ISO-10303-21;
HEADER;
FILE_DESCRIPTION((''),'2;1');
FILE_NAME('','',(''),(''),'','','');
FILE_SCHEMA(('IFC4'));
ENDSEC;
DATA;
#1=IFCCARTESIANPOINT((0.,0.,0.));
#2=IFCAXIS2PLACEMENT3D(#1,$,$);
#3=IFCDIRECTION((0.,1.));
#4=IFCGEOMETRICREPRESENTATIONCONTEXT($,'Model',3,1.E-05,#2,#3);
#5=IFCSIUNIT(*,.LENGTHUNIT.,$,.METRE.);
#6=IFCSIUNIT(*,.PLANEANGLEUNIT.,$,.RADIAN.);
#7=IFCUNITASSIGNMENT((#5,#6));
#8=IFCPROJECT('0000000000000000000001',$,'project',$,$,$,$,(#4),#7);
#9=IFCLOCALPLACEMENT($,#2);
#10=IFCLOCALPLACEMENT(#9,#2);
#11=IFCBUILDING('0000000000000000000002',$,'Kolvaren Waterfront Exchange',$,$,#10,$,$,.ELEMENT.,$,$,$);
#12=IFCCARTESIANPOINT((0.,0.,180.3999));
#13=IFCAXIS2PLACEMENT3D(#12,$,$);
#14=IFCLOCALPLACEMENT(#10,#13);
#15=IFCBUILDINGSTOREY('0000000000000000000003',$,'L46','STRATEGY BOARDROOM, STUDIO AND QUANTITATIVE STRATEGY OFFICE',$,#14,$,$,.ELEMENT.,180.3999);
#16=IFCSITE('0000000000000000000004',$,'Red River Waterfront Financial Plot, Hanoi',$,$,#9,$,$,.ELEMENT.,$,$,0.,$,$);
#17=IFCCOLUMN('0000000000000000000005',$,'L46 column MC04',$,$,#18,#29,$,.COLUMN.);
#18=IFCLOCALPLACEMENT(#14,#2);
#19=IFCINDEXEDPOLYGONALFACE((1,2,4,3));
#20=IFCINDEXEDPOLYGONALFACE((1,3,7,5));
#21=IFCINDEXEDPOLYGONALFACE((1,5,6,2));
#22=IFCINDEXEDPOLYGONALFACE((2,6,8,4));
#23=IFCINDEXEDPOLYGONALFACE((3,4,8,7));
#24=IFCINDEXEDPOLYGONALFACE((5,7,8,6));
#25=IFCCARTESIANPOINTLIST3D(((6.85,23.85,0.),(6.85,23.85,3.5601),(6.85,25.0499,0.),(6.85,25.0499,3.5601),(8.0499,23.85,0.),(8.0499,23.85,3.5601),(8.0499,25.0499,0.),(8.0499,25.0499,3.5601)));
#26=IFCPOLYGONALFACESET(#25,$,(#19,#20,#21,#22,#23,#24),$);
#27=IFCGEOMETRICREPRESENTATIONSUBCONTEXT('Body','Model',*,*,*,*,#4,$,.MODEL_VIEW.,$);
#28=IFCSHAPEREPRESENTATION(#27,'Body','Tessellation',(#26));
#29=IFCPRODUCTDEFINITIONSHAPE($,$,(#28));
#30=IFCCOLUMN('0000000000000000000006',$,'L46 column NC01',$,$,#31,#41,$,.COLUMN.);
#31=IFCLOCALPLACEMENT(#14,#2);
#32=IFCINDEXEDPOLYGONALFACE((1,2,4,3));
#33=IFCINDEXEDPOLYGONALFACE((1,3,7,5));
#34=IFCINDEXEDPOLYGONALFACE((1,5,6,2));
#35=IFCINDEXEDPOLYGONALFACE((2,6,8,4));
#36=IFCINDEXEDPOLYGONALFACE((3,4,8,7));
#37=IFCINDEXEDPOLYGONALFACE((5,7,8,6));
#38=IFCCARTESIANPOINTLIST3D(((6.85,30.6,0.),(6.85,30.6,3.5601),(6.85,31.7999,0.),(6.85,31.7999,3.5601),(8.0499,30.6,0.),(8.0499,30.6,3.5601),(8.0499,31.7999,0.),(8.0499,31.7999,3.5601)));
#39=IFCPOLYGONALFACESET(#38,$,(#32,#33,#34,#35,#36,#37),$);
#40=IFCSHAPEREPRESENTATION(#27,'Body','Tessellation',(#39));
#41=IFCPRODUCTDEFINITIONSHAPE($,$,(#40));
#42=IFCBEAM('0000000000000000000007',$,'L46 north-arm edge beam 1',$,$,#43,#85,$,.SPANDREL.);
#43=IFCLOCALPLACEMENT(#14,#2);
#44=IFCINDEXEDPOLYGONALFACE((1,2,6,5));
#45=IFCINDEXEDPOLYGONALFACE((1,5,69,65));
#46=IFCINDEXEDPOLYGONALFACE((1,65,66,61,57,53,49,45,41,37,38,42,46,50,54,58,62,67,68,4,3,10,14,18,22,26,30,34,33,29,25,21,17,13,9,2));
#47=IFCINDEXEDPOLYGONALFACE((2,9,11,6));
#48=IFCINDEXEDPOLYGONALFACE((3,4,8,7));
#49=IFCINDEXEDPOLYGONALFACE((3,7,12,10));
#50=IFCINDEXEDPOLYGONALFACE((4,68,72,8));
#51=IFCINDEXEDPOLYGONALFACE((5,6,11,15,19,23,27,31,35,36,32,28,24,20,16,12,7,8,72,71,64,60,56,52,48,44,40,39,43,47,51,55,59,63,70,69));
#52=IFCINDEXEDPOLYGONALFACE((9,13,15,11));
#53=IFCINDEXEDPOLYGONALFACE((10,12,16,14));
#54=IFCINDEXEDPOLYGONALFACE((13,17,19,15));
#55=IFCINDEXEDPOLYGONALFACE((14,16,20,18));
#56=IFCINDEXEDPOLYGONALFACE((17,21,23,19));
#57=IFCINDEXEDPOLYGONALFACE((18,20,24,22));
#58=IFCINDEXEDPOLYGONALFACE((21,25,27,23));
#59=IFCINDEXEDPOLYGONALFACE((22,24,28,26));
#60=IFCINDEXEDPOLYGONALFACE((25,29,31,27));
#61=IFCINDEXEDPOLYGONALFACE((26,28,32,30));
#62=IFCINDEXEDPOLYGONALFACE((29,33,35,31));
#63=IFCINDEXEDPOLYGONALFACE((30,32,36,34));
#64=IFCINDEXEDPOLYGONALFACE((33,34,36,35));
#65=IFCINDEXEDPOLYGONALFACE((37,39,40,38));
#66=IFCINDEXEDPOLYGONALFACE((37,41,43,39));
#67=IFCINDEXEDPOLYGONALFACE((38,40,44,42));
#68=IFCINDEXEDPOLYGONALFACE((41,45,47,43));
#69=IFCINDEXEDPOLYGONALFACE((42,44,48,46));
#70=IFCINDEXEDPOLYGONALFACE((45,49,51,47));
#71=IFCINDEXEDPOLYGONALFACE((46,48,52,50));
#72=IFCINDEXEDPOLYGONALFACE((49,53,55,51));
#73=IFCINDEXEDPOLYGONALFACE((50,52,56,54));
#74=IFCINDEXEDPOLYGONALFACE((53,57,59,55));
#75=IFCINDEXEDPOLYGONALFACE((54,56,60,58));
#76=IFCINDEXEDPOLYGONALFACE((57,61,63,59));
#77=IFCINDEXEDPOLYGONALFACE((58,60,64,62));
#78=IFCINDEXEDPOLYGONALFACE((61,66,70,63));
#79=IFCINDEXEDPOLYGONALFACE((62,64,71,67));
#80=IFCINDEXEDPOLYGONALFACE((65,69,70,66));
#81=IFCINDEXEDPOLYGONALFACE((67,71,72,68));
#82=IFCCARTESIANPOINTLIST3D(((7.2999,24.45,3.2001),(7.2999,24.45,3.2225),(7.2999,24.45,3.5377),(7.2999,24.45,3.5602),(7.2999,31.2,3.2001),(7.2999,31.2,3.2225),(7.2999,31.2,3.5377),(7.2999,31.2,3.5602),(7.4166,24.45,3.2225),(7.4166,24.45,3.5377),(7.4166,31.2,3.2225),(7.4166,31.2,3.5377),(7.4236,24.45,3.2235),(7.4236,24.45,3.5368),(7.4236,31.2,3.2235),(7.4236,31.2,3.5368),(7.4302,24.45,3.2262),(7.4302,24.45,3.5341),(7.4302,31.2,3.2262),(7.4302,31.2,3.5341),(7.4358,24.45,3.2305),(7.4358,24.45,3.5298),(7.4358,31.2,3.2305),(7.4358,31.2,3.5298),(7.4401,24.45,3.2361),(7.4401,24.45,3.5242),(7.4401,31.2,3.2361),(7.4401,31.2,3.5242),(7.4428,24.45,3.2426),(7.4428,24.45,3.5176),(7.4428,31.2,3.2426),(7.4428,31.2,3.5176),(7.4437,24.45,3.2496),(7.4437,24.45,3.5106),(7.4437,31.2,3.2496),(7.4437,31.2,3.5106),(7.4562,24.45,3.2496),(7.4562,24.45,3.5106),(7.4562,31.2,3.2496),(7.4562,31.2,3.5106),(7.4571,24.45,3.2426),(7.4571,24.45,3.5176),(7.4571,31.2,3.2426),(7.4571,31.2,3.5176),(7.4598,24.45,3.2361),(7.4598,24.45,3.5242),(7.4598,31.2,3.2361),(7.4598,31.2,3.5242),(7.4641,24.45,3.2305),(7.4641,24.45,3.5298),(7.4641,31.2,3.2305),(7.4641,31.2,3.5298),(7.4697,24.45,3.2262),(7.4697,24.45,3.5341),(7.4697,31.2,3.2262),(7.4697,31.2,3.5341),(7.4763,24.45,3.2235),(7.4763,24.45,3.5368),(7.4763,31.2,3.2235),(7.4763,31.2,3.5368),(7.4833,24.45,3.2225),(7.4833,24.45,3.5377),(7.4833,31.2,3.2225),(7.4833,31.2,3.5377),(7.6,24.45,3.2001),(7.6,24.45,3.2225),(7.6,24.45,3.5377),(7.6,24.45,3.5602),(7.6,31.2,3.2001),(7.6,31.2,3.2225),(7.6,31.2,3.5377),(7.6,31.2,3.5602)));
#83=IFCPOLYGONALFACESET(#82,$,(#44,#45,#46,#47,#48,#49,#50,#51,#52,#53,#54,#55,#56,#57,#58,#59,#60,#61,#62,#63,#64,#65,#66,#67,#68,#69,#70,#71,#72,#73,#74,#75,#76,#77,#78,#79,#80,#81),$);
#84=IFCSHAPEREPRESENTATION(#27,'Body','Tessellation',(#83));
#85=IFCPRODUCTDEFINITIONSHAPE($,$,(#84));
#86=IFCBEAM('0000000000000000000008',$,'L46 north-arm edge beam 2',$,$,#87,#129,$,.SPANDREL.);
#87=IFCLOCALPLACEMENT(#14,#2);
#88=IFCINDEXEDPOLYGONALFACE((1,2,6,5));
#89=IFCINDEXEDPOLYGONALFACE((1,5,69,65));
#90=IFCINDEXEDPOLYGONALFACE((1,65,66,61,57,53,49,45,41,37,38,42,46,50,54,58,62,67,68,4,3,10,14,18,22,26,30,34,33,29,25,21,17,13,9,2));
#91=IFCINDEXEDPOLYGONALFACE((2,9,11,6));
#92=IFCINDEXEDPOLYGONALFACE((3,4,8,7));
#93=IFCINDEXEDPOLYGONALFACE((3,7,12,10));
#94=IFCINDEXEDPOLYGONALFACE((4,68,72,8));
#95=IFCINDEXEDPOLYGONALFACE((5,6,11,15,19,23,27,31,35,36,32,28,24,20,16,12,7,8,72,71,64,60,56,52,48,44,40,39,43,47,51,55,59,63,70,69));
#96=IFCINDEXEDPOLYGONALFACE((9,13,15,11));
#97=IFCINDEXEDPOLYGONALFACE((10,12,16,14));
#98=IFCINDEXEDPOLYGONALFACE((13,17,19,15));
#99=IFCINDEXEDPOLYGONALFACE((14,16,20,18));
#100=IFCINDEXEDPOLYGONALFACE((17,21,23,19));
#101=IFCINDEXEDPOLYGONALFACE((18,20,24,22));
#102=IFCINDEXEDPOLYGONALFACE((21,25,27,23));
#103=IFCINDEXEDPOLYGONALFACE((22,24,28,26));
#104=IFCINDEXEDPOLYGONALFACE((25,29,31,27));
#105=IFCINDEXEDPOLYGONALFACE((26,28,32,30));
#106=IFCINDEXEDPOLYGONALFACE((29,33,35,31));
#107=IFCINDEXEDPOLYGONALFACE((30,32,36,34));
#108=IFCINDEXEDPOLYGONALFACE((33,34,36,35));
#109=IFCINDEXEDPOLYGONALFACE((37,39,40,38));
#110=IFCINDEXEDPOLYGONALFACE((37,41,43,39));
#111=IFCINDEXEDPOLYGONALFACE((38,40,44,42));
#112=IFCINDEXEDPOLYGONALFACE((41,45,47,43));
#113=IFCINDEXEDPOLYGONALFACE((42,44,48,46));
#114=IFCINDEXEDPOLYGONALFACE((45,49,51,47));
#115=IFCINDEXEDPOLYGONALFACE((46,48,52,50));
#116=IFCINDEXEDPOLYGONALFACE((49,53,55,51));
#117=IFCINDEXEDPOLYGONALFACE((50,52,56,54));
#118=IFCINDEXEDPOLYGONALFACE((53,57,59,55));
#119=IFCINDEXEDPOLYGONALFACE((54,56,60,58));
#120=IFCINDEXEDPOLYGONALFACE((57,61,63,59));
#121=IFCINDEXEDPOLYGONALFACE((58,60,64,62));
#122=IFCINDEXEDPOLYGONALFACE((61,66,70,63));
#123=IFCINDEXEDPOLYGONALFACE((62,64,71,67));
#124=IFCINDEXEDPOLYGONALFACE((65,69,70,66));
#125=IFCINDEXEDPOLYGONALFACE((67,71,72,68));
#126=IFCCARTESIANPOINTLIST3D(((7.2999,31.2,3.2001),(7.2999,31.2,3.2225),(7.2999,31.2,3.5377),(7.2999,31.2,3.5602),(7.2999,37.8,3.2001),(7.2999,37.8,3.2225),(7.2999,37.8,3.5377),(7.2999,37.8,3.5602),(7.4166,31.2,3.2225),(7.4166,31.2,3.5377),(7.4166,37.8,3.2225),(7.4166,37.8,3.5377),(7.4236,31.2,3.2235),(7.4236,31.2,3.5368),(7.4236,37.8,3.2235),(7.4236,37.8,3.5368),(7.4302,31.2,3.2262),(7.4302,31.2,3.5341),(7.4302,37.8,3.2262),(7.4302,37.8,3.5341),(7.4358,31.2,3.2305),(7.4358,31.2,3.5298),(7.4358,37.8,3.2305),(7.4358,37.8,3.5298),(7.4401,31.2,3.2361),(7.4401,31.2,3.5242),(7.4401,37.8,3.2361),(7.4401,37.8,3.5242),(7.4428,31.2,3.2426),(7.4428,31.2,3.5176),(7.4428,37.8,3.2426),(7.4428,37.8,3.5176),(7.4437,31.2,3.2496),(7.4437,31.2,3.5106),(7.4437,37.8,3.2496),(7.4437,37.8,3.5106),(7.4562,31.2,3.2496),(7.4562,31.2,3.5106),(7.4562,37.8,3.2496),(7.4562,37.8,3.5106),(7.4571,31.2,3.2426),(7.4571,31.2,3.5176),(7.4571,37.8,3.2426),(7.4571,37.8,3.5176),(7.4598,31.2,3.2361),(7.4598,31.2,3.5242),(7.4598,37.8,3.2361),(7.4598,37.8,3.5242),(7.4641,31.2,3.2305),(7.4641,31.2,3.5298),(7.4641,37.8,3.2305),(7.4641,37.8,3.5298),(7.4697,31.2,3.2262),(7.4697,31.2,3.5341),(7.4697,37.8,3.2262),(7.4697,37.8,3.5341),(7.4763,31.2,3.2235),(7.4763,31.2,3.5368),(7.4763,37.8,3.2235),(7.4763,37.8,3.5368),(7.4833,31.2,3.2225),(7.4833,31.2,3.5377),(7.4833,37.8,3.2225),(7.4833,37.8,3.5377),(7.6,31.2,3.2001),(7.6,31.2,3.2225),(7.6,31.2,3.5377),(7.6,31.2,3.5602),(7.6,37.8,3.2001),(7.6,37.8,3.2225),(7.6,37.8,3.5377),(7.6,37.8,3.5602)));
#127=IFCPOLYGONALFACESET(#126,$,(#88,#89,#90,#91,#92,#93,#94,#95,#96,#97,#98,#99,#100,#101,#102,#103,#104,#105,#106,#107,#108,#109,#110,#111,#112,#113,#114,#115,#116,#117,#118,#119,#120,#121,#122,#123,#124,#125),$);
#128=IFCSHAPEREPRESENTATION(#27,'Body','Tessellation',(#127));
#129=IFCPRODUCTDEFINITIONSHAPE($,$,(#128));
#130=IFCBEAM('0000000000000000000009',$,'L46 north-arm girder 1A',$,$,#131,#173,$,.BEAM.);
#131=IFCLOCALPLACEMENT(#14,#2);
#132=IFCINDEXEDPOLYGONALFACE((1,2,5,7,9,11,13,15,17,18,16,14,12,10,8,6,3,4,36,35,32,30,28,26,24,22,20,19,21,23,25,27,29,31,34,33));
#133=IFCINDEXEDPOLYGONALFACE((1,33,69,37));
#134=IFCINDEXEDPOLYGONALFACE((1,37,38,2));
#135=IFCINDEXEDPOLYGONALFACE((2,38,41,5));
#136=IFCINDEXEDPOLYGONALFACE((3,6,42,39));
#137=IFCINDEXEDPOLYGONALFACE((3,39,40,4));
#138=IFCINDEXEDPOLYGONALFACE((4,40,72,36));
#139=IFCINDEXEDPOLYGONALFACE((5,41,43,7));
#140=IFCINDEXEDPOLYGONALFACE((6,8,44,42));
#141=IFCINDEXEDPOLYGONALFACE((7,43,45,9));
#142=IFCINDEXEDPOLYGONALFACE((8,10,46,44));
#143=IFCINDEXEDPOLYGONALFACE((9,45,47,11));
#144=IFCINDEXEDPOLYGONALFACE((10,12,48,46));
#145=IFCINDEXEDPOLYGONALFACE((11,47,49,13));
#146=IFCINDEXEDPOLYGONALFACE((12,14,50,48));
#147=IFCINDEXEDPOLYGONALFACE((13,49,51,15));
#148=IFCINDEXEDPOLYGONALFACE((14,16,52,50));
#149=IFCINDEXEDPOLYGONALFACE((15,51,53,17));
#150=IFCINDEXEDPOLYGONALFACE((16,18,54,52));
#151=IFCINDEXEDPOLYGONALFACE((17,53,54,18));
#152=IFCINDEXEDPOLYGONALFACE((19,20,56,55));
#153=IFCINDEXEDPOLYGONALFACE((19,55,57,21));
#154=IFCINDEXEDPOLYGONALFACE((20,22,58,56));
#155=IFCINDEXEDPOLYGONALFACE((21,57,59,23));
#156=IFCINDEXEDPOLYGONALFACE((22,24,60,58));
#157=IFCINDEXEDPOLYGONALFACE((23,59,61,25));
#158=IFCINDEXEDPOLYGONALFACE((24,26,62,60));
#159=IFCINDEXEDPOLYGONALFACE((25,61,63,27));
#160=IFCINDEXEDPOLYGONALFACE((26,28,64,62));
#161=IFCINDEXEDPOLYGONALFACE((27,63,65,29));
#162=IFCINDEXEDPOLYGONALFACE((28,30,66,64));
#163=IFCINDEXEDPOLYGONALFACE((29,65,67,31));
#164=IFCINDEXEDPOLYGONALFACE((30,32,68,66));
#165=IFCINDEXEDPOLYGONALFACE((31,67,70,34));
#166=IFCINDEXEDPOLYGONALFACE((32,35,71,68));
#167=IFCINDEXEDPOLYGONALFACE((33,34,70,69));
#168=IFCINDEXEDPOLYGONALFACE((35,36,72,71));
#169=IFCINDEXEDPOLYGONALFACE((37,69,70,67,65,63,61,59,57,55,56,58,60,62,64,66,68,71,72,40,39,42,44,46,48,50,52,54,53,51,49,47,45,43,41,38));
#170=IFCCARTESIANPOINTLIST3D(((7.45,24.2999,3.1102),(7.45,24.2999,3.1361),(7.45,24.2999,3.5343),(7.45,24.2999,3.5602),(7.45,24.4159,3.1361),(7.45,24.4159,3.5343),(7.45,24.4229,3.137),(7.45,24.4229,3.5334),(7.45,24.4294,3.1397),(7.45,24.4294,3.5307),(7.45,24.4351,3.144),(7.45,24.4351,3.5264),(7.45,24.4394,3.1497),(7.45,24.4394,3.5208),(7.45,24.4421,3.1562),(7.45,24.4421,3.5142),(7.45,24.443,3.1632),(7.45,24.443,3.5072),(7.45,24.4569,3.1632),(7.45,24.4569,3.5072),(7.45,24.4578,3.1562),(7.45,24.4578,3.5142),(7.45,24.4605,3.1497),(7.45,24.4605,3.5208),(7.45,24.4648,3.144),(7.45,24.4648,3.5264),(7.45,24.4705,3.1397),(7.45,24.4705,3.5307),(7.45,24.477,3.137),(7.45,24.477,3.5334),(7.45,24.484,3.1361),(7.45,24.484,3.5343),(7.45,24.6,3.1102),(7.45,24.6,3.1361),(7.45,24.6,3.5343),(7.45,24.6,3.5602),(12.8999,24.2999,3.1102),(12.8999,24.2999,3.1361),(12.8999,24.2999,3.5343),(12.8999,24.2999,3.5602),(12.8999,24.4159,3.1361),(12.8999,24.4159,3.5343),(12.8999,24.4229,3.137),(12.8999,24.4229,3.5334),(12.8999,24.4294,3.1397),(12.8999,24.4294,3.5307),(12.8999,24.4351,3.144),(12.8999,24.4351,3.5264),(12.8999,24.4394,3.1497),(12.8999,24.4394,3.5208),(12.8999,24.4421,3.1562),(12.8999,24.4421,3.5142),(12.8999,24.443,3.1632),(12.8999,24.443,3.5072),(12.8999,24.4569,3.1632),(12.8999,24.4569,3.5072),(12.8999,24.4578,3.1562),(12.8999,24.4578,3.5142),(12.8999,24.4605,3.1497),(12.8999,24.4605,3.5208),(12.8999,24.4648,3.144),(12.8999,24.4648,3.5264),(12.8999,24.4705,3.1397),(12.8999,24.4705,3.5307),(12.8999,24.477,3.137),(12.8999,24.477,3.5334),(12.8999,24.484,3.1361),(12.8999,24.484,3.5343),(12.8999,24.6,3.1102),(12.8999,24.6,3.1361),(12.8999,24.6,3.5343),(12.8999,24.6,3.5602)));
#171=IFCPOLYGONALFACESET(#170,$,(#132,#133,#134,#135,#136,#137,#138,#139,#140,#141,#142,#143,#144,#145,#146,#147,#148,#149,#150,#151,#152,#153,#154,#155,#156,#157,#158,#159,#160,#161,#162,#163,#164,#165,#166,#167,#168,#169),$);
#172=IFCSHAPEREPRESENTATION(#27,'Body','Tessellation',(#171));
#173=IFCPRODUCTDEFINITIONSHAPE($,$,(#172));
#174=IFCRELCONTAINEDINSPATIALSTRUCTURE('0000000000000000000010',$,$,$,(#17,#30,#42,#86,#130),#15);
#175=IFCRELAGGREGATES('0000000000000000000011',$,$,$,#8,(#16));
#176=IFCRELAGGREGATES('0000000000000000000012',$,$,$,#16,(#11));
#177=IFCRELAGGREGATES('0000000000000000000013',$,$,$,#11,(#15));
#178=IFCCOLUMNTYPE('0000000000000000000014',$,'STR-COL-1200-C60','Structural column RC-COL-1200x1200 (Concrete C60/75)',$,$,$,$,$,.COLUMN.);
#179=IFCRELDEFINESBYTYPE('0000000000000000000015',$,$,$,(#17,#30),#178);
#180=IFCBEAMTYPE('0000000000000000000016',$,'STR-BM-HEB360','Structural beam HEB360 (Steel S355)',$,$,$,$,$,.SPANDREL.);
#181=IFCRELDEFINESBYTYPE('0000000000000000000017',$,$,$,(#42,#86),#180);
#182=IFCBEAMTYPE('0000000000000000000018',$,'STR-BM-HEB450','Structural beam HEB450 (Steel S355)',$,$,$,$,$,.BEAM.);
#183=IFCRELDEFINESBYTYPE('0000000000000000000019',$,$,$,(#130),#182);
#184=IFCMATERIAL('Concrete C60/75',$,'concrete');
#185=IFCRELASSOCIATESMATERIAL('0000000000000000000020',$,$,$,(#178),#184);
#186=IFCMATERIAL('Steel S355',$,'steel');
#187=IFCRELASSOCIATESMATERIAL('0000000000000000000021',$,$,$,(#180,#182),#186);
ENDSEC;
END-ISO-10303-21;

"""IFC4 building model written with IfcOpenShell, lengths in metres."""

from ifc_helpers import new_model, si_unit, direction, frame, origin, origin_2d, place, context, subcontext, project, spatial, rectangle, i_section, extrude, material, material_profile, profile_set, type_object, element, save


model = new_model("IFC4")

# Units and contexts
model_context = context("Model", 3, precision=1e-05, world=origin(), true_north=direction((0.0, 1.0)))
body_context = subcontext(model_context, "Body", "Model", "MODEL_VIEW")
ifc_project = project(units=[si_unit("LENGTHUNIT", "METRE"), si_unit("PLANEANGLEUNIT", "RADIAN")], contexts=[model_context])

# Site, building, storey
site_placement = place(None, origin())
site = spatial("IfcSite", under=ifc_project, at=site_placement, Name="Red River Waterfront Financial Plot, Hanoi", CompositionType="ELEMENT", RefElevation=0.0)
building_placement = place(site_placement, origin())
building = spatial("IfcBuilding", under=site, at=building_placement, Name="Kolvaren Waterfront Exchange", CompositionType="ELEMENT")
storey_placement = place(building_placement, frame((0.0, 0.0, 180.3999)))
storey = spatial("IfcBuildingStorey", under=building, at=storey_placement, Name="L46", Description="STRATEGY BOARDROOM, STUDIO AND QUANTITATIVE STRATEGY OFFICE", CompositionType="ELEMENT", Elevation=180.3999)

# Columns
ifc_material_1 = material(Name="Concrete C60/75", Category="concrete")
ifc_material_profile_1 = material_profile(ifc_material_1, rectangle(XDim=1.2, YDim=1.2, at=origin_2d()), Name="RC-COL-1200x1200")
ifc_profile_set_1 = profile_set([ifc_material_profile_1], Name="Concrete C60/75")
column_type = type_object("IfcColumnType", Name="STR-COL-1200-C60", Description="Structural column RC-COL-1200x1200 (Concrete C60/75)", PredefinedType="COLUMN", material=ifc_profile_set_1)
for number, where, z_axis, x_axis, name in (
    (1, (7.45, 24.45, 0.0), (0.0, 0.0, 1.0), (1.0, 0.0, 0.0), "L46 column MC04"),
    (2, (7.45, 31.2, 0.0), (0.0, 0.0, 1.0), (1.0, 0.0, 0.0), "L46 column NC01"),
):
    element("IfcColumn", number, at=place(storey_placement, frame(where, z_axis=z_axis, x_axis=x_axis)), inside=storey, type_object=column_type, Name=name, PredefinedType="COLUMN", context=body_context, shape_type="SweptSolid", body=[
        extrude(rectangle(XDim=1.2, YDim=1.2, at=origin_2d()), origin(), (0.0, 0.0, 1.0), 3.5601),
    ])

# Beams
ifc_material_2 = material(Name="Steel S355", Category="steel")
ifc_material_profile_2 = material_profile(ifc_material_2, i_section(OverallWidth=0.3, OverallDepth=0.3601, WebThickness=0.0125, FlangeThickness=0.0225, FilletRadius=0.0271, at=origin_2d()), Name="HEB360")
ifc_profile_set_2 = profile_set([ifc_material_profile_2], Name="Steel S355")
beam_type_1 = type_object("IfcBeamType", Name="STR-BM-HEB360", Description="Structural beam HEB360 (Steel S355)", PredefinedType="SPANDREL", material=ifc_profile_set_2)
beam_1_placement = place(storey_placement, frame((7.45, 24.45, 3.3801), z_axis=(0.0, 1.0, 0.0), x_axis=(-1.0, 0.0, 0.0)))
element("IfcBeam", 3, at=beam_1_placement, inside=storey, type_object=beam_type_1, Name="L46 north-arm edge beam 1", PredefinedType="SPANDREL", context=body_context, shape_type="SweptSolid", body=[
    extrude(i_section(OverallWidth=0.3, OverallDepth=0.3601, WebThickness=0.0125, FlangeThickness=0.0225, FilletRadius=0.0271, at=origin_2d()), origin(), (0.0, 0.0, 1.0), 6.75),
])
beam_2_placement = place(storey_placement, frame((7.45, 31.2, 3.3801), z_axis=(0.0, 1.0, 0.0), x_axis=(-1.0, 0.0, 0.0)))
element("IfcBeam", 4, at=beam_2_placement, inside=storey, type_object=beam_type_1, Name="L46 north-arm edge beam 2", PredefinedType="SPANDREL", context=body_context, shape_type="SweptSolid", body=[
    extrude(i_section(OverallWidth=0.3, OverallDepth=0.3601, WebThickness=0.0125, FlangeThickness=0.0225, FilletRadius=0.0271, at=origin_2d()), origin(), (0.0, 0.0, 1.0), 6.6001),
])
ifc_material_profile_3 = material_profile(ifc_material_2, i_section(OverallWidth=0.3, OverallDepth=0.45, WebThickness=0.0139, FlangeThickness=0.0259, FilletRadius=0.0271, at=origin_2d()), Name="HEB450")
ifc_profile_set_3 = profile_set([ifc_material_profile_3], Name="Steel S355")
beam_type_2 = type_object("IfcBeamType", Name="STR-BM-HEB450", Description="Structural beam HEB450 (Steel S355)", PredefinedType="BEAM", material=ifc_profile_set_3)
for number, where, z_axis, x_axis, name in (
    (5, (7.45, 24.45, 3.3352), (1.0, 0.0, 0.0), (0.0, 1.0, 0.0), "L46 north-arm girder 1A"),
):
    element("IfcBeam", number, at=place(storey_placement, frame(where, z_axis=z_axis, x_axis=x_axis)), inside=storey, type_object=beam_type_2, Name=name, PredefinedType="BEAM", context=body_context, shape_type="SweptSolid", body=[
        extrude(i_section(OverallWidth=0.3, OverallDepth=0.45, WebThickness=0.0139, FlangeThickness=0.0259, FilletRadius=0.0271, at=origin_2d()), origin(), (0.0, 0.0, 1.0), 5.45),
    ])

save(model, "model.ifc")
